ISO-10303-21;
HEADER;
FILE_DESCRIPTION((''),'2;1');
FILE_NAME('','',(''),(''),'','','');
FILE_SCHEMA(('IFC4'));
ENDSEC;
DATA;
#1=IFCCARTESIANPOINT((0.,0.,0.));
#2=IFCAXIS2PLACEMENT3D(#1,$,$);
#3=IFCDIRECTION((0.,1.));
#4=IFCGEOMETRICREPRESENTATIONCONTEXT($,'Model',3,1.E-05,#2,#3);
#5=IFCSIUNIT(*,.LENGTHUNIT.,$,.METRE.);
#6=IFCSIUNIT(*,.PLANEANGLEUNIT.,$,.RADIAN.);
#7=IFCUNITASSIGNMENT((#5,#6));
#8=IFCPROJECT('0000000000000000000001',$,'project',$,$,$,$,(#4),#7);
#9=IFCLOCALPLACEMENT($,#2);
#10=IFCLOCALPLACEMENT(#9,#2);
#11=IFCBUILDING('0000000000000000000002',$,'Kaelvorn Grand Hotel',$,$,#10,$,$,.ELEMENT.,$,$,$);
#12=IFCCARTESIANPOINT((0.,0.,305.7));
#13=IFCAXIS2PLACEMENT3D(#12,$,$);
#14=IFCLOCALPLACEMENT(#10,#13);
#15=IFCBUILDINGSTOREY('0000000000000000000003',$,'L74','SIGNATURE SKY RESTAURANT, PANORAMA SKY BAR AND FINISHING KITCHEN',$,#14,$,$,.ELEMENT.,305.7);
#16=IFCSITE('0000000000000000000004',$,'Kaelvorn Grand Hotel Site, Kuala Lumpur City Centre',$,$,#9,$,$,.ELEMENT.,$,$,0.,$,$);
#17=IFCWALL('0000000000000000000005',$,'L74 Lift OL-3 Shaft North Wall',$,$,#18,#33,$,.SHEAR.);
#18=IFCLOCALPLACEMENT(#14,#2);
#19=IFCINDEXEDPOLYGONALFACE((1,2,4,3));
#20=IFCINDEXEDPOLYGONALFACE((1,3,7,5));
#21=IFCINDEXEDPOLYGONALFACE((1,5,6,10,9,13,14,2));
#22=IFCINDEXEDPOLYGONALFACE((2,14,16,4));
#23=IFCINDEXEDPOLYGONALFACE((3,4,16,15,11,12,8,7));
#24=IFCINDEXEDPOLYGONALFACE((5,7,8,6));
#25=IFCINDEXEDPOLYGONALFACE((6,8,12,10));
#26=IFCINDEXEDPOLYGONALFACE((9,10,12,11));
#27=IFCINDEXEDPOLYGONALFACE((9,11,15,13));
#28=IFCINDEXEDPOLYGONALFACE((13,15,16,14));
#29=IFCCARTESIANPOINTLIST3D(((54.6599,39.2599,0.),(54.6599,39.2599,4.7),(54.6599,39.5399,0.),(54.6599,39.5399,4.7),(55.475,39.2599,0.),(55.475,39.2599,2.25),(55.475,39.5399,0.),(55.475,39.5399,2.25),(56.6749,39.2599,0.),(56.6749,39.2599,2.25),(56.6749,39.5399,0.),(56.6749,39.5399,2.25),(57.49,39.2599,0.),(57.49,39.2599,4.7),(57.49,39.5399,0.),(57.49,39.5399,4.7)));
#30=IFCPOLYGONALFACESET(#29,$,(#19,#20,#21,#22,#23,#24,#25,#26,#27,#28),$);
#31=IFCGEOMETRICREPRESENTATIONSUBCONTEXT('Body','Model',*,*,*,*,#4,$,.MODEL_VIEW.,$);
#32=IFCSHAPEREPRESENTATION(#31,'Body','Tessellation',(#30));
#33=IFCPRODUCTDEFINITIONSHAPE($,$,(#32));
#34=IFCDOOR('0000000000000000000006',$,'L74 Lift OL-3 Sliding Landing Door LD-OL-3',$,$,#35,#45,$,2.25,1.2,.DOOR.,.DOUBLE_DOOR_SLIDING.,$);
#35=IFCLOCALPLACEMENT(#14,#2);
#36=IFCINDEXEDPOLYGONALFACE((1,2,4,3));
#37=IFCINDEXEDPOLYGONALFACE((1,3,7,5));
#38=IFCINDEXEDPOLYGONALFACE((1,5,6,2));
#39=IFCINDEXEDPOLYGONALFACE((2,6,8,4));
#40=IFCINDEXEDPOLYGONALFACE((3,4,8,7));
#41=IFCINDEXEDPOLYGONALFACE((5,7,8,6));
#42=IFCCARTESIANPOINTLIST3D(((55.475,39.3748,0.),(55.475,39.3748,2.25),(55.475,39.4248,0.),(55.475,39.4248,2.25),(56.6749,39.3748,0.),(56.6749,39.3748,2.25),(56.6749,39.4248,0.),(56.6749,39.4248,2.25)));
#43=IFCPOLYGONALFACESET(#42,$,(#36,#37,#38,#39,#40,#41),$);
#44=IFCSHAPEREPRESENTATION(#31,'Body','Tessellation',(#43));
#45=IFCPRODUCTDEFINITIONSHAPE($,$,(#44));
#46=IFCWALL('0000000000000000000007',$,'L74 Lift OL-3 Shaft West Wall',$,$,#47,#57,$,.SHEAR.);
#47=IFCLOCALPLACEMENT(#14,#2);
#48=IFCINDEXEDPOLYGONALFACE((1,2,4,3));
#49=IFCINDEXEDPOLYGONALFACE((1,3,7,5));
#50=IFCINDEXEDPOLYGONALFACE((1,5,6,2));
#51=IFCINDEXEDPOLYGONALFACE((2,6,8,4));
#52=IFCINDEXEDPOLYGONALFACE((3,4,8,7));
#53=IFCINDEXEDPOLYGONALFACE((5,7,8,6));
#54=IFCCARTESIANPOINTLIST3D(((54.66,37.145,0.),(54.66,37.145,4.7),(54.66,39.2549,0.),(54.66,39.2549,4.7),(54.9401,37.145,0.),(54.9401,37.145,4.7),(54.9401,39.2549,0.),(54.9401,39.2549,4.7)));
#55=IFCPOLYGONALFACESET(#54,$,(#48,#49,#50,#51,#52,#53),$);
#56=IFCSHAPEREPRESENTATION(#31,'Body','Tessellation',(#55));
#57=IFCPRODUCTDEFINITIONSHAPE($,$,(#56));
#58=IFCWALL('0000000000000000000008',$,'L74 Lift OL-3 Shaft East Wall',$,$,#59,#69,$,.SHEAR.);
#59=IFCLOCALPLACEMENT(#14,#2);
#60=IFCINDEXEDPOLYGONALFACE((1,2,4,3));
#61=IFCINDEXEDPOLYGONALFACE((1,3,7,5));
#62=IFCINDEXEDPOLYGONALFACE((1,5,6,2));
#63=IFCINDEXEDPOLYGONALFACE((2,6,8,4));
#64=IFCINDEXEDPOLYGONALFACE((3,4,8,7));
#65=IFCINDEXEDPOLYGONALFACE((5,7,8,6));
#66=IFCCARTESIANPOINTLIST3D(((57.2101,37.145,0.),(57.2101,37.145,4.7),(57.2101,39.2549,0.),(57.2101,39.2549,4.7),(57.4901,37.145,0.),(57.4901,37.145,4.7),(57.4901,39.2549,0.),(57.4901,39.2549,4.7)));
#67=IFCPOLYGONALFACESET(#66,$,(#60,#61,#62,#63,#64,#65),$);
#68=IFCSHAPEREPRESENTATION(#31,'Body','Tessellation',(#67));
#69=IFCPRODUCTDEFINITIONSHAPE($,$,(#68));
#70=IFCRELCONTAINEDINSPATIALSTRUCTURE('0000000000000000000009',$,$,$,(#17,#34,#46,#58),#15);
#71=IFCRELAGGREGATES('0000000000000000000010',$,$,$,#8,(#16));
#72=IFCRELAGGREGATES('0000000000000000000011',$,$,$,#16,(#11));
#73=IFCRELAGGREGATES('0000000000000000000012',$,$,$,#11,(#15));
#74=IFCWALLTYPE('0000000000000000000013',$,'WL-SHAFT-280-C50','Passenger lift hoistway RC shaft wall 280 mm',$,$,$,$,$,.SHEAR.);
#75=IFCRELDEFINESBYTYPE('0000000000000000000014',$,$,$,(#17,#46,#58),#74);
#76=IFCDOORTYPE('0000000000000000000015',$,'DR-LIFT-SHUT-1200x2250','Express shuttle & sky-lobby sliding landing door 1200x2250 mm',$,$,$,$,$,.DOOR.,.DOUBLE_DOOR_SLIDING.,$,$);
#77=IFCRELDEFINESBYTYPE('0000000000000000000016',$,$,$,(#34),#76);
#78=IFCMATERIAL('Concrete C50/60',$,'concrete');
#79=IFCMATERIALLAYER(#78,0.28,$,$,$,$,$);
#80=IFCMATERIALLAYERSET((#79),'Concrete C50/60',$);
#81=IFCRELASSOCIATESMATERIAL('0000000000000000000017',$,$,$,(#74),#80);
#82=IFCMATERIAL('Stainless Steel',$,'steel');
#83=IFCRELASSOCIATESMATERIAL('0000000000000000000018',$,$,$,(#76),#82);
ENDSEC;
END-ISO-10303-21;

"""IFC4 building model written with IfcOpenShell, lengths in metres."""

from ifc_helpers import new_model, si_unit, direction, frame, frame_2d, origin, place, context, subcontext, project, spatial, rectangle, extrude, material, layer, layer_set, type_object, element, fill, save


model = new_model("IFC4")

# Units and contexts
model_context = context("Model", 3, precision=1e-05, world=origin(), true_north=direction((0.0, 1.0)))
body_context = subcontext(model_context, "Body", "Model", "MODEL_VIEW")
ifc_project = project(units=[si_unit("LENGTHUNIT", "METRE"), si_unit("PLANEANGLEUNIT", "RADIAN")], contexts=[model_context])

# Site, building, storey
site_placement = place(None, origin())
site = spatial("IfcSite", under=ifc_project, at=site_placement, Name="Kaelvorn Grand Hotel Site, Kuala Lumpur City Centre", CompositionType="ELEMENT", RefElevation=0.0)
building_placement = place(site_placement, origin())
building = spatial("IfcBuilding", under=site, at=building_placement, Name="Kaelvorn Grand Hotel", CompositionType="ELEMENT")
storey_placement = place(building_placement, frame((0.0, 0.0, 305.7)))
storey = spatial("IfcBuildingStorey", under=building, at=storey_placement, Name="L74", Description="SIGNATURE SKY RESTAURANT, PANORAMA SKY BAR AND FINISHING KITCHEN", CompositionType="ELEMENT", Elevation=305.7)

# Shared definitions
ifc_material_1 = material(Name="Concrete C50/60", Category="concrete")

# Shared definitions
ifc_layer_1 = layer(ifc_material_1, 0.28)
ifc_layer_set_1 = layer_set([ifc_layer_1], Name="Concrete C50/60")
wall_type_1 = type_object("IfcWallType", Name="WL-SHAFT-280-C50", Description="Passenger lift hoistway RC shaft wall 280 mm", PredefinedType="SHEAR", material=ifc_layer_set_1)
ifc_material_2 = material(Name="Stainless Steel", Category="steel")
door_type_1 = type_object("IfcDoorType", Name="DR-LIFT-SHUT-1200x2250", Description="Express shuttle & sky-lobby sliding landing door 1200x2250 mm", OperationType="DOUBLE_DOOR_SLIDING", PredefinedType="DOOR", material=ifc_material_2)

# Wall, opening, door
wall_1_placement = place(storey_placement, frame((54.6599, 39.3999, 0.0), z_axis=(0.0, 0.0, 1.0), x_axis=(1.0, 0.0, 0.0)))
wall_1 = element("IfcWall", 1, at=wall_1_placement, inside=storey, type_object=wall_type_1, Name="L74 Lift OL-3 Shaft North Wall", PredefinedType="SHEAR", context=body_context, shape_type="SweptSolid", body=[
    extrude(rectangle(XDim=2.8301, YDim=0.28, at=frame_2d((1.415, 0.0))), origin(), (0.0, 0.0, 1.0), 4.7),
])
opening_1_placement = place(wall_1_placement, frame((0.8149, 0.0, 0.0)))
opening_1 = element("IfcOpeningElement", 2, at=opening_1_placement, cuts=wall_1, PredefinedType="OPENING", context=body_context, shape_type="SweptSolid", body=[
    extrude(rectangle(XDim=1.2, YDim=2.25, at=frame_2d((0.6001, 1.125))), frame((0.0, 0.1499, 0.0), z_axis=(0.0, -1.0, 0.0), x_axis=(1.0, 0.0, 0.0)), (0.0, 0.0, 1.0), 0.3),
])
door_1_placement = place(opening_1_placement, origin())
door_1 = element("IfcDoor", 3, at=door_1_placement, inside=storey, type_object=door_type_1, Name="L74 Lift OL-3 Sliding Landing Door LD-OL-3", OperationType="DOUBLE_DOOR_SLIDING", OverallHeight=2.25, OverallWidth=1.2, PredefinedType="DOOR", context=body_context, shape_type="SweptSolid", body=[
    extrude(rectangle(XDim=1.2, YDim=2.25, at=frame_2d((0.6001, 1.125))), frame((0.0, 0.0249, 0.0), z_axis=(0.0, -1.0, 0.0), x_axis=(1.0, 0.0, 0.0)), (0.0, 0.0, 1.0), 0.05),
])
fill(opening_1, door_1)

# Walls
for number, where, z_axis, x_axis, name in (
    (4, (54.8, 37.145, 0.0), (0.0, 0.0, 1.0), (0.0, 1.0, 0.0), "L74 Lift OL-3 Shaft West Wall"),
    (5, (57.3501, 37.145, 0.0), (0.0, 0.0, 1.0), (0.0, 1.0, 0.0), "L74 Lift OL-3 Shaft East Wall"),
):
    element("IfcWall", number, at=place(storey_placement, frame(where, z_axis=z_axis, x_axis=x_axis)), inside=storey, type_object=wall_type_1, Name=name, PredefinedType="SHEAR", context=body_context, shape_type="SweptSolid", body=[
        extrude(rectangle(XDim=2.1099, YDim=0.28, at=frame_2d((1.0549, 0.0))), origin(), (0.0, 0.0, 1.0), 4.7),
    ])

save(model, "model.ifc")
